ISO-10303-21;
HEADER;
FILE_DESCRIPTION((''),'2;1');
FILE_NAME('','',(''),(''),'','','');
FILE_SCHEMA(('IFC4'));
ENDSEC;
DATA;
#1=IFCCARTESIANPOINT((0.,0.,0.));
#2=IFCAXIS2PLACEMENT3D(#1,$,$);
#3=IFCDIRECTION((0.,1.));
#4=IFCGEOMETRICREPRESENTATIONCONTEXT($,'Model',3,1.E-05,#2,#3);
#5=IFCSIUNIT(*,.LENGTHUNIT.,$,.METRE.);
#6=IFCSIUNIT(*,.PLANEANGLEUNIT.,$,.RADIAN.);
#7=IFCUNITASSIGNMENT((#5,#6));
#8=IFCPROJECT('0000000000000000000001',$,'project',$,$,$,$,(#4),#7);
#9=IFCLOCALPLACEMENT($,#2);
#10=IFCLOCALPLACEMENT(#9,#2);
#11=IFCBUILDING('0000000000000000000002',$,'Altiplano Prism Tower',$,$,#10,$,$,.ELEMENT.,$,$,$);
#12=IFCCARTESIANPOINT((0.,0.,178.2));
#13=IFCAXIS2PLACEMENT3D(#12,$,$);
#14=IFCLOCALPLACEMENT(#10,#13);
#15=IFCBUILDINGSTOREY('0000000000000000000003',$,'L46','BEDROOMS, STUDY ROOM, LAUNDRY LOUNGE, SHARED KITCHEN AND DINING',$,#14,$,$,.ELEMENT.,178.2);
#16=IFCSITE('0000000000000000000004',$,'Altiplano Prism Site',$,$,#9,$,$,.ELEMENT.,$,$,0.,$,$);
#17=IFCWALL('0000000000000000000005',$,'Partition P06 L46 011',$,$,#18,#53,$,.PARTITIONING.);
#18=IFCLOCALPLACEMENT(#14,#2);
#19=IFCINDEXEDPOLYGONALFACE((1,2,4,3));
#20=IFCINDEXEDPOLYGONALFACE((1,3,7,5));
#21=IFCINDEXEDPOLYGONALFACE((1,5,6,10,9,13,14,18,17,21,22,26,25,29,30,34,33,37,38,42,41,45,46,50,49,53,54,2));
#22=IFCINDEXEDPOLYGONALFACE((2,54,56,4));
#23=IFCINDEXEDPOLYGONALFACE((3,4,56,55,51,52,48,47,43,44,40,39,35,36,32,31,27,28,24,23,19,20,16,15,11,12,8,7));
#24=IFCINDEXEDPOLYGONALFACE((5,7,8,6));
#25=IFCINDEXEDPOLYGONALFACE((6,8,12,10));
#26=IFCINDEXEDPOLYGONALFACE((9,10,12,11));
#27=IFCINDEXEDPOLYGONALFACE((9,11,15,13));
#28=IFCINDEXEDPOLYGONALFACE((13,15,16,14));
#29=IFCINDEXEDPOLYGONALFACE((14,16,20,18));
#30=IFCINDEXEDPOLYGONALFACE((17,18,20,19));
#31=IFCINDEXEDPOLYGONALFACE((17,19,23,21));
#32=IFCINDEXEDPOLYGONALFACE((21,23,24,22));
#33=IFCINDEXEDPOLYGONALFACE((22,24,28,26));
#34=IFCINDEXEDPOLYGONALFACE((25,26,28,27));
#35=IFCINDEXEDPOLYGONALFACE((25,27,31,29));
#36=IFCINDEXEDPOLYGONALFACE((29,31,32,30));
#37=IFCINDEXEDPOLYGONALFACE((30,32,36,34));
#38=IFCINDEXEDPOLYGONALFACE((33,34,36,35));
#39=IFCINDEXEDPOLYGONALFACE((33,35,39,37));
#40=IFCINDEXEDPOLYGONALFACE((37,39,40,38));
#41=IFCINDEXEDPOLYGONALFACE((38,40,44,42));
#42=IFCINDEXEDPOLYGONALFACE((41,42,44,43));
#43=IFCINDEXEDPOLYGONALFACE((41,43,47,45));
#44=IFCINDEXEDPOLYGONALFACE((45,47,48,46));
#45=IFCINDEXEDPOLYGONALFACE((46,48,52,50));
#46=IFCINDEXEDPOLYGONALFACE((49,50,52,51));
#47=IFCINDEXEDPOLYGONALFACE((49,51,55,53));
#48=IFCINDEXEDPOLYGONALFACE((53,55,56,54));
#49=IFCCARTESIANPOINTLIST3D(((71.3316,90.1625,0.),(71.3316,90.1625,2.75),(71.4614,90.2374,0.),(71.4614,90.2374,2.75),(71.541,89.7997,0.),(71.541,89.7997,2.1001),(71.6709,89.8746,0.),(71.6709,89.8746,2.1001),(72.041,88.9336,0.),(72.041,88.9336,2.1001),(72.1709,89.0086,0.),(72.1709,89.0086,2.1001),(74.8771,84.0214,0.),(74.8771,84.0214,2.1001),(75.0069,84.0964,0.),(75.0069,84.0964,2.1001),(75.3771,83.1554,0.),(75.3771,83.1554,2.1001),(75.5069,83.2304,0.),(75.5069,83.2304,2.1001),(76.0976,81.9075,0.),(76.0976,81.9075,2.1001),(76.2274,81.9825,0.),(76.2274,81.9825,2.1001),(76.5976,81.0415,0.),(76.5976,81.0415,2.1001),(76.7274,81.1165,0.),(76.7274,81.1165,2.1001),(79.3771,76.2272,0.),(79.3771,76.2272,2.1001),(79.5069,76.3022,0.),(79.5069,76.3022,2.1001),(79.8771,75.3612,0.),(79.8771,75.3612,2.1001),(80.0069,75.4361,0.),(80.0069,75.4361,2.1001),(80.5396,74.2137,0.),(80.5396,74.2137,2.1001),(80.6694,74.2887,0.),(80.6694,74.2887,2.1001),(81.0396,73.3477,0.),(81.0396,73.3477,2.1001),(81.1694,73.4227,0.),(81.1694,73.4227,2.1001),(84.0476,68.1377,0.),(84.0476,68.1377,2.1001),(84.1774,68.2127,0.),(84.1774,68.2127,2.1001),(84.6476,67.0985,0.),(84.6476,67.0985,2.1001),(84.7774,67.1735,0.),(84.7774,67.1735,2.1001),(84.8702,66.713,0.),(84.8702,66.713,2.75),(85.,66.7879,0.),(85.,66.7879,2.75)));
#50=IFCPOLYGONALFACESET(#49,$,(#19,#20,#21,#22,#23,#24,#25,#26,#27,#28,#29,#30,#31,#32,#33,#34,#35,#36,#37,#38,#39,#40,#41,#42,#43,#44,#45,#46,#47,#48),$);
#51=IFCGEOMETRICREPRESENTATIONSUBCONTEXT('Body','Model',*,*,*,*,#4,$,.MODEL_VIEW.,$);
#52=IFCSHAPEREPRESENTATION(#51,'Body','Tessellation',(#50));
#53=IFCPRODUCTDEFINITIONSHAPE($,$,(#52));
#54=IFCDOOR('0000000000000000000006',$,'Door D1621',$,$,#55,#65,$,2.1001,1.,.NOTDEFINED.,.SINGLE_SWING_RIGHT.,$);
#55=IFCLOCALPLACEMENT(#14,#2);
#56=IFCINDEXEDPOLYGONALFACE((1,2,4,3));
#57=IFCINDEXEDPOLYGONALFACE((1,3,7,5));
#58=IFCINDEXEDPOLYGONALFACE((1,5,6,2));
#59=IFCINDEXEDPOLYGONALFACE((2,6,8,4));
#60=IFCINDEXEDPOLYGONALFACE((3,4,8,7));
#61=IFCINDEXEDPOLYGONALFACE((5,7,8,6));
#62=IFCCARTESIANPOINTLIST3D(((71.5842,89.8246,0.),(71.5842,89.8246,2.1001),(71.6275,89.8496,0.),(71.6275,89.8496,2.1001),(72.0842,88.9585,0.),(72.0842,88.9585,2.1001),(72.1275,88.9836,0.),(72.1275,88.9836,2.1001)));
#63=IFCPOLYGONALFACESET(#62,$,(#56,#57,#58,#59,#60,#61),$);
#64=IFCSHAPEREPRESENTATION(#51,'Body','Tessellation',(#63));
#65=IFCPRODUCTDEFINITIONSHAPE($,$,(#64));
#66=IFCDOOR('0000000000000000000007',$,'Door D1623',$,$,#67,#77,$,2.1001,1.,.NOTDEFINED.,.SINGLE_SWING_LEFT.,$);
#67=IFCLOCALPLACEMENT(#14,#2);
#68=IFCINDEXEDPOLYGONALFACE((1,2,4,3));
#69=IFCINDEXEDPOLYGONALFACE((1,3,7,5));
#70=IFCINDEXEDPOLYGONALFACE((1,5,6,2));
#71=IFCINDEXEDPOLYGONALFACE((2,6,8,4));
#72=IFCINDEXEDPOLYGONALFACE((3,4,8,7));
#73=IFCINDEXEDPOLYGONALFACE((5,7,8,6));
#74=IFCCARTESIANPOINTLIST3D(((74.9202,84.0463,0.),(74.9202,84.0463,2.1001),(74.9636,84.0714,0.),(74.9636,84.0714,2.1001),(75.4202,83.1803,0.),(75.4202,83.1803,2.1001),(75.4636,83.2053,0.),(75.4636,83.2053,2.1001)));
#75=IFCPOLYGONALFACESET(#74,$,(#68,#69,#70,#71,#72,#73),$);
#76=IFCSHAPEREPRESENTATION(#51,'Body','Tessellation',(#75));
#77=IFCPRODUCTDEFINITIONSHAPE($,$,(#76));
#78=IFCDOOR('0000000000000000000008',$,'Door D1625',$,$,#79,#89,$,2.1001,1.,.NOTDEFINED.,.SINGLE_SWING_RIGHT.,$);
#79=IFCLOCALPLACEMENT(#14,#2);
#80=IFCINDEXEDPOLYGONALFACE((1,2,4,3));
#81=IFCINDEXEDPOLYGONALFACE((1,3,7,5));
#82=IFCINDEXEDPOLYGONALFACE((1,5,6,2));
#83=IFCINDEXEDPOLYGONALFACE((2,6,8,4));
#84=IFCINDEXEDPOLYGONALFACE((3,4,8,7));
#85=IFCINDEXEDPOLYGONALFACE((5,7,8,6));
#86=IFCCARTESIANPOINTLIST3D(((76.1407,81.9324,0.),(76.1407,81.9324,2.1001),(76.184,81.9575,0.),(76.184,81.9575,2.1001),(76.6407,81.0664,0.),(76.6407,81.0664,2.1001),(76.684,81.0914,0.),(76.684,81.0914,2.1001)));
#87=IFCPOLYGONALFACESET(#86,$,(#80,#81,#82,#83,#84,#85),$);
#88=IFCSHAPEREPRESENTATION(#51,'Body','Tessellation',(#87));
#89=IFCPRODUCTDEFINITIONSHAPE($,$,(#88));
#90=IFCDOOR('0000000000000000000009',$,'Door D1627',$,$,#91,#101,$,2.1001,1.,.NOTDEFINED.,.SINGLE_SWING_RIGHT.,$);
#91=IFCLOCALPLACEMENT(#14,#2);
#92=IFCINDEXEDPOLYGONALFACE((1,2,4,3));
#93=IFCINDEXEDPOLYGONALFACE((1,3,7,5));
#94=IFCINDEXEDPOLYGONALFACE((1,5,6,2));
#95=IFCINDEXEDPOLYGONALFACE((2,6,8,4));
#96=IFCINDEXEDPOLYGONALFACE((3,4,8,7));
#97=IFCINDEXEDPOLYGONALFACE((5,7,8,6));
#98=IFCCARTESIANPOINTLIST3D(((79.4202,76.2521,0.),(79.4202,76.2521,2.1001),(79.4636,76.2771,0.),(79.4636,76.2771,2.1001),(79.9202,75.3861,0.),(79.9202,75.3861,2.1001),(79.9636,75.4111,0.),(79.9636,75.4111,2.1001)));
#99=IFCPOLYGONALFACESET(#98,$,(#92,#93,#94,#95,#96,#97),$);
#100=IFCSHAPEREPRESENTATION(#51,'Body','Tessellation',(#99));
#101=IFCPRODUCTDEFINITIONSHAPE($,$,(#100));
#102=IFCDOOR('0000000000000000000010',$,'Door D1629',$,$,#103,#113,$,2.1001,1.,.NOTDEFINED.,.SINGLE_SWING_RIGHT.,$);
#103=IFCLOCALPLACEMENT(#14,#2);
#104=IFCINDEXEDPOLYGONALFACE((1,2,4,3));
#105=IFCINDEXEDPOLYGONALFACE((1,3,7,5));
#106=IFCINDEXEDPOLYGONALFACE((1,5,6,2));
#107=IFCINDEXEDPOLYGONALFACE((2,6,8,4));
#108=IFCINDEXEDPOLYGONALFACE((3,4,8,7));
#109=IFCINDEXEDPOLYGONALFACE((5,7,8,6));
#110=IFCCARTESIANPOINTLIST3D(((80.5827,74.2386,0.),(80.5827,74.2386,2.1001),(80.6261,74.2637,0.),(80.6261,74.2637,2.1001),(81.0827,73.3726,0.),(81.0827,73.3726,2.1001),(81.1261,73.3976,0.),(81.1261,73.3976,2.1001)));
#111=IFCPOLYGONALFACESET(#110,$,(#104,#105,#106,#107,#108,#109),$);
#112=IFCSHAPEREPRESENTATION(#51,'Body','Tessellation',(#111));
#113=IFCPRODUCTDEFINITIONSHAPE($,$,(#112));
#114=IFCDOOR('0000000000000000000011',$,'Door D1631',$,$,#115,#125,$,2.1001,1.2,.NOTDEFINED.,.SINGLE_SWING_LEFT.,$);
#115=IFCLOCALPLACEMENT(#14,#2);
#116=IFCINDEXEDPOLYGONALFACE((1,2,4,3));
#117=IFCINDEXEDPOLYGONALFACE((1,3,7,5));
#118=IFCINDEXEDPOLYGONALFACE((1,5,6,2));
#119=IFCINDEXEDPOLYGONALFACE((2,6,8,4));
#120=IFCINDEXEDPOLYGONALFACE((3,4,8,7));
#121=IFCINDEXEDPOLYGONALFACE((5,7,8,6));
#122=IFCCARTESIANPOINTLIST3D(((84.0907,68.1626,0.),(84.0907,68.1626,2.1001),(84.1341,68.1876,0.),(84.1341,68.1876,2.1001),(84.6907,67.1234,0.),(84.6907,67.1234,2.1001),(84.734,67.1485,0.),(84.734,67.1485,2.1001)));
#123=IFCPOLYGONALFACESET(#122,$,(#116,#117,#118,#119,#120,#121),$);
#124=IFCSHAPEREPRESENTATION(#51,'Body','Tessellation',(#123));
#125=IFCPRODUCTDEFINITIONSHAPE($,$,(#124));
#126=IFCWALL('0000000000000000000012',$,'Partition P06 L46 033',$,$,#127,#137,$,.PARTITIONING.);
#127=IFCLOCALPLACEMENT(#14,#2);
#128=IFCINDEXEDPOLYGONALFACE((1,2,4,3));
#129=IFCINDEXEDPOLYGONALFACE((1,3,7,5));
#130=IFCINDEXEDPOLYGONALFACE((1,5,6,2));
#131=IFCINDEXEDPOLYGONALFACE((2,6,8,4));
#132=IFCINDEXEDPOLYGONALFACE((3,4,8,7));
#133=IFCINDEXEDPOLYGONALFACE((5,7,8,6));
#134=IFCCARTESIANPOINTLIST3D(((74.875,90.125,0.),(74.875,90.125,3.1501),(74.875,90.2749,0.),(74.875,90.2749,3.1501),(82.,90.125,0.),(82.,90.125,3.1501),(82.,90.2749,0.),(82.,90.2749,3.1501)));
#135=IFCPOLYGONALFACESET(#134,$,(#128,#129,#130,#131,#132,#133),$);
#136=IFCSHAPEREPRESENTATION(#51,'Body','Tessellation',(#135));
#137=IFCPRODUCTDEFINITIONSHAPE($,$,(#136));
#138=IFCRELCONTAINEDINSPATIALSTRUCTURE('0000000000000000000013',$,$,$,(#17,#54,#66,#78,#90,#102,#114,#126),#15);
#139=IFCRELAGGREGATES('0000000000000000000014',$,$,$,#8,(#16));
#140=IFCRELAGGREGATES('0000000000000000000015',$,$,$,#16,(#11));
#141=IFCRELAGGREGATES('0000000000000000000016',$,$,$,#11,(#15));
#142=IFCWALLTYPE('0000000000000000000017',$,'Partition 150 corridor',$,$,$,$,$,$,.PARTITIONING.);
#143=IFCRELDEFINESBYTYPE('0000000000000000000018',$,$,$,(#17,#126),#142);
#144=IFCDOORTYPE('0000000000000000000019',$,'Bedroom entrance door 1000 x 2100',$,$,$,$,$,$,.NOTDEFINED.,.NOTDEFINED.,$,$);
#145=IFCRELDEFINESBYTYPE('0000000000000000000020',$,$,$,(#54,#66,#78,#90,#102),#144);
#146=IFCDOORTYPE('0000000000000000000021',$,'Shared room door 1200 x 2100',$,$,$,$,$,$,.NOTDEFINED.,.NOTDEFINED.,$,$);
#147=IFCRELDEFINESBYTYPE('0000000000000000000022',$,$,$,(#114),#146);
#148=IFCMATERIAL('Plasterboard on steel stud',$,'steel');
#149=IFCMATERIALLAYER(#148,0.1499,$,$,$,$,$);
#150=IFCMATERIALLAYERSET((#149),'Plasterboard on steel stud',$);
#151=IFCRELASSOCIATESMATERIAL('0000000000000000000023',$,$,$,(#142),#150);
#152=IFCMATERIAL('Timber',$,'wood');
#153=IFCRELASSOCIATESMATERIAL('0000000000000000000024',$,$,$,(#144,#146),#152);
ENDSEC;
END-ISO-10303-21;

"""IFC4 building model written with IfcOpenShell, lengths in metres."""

from ifc_helpers import new_model, si_unit, direction, frame, frame_2d, origin, place, context, subcontext, project, spatial, rectangle, extrude, material, layer, layer_set, type_object, element, fill, save


model = new_model("IFC4")

# Units and contexts
model_context = context("Model", 3, precision=1e-05, world=origin(), true_north=direction((0.0, 1.0)))
body_context = subcontext(model_context, "Body", "Model", "MODEL_VIEW")
ifc_project = project(units=[si_unit("LENGTHUNIT", "METRE"), si_unit("PLANEANGLEUNIT", "RADIAN")], contexts=[model_context])

# Site, building, storey
site_placement = place(None, origin())
site = spatial("IfcSite", under=ifc_project, at=site_placement, Name="Altiplano Prism Site", CompositionType="ELEMENT", RefElevation=0.0)
building_placement = place(site_placement, origin())
building = spatial("IfcBuilding", under=site, at=building_placement, Name="Altiplano Prism Tower", CompositionType="ELEMENT")
storey_placement = place(building_placement, frame((0.0, 0.0, 178.2)))
storey = spatial("IfcBuildingStorey", under=building, at=storey_placement, Name="L46", Description="BEDROOMS, STUDY ROOM, LAUNDRY LOUNGE, SHARED KITCHEN AND DINING", CompositionType="ELEMENT", Elevation=178.2)

# Shared definitions
ifc_material_1 = material(Name="Plasterboard on steel stud", Category="steel")

# Shared definitions
ifc_material_2 = material(Name="Timber", Category="wood")

# Shared definitions
ifc_layer_1 = layer(ifc_material_1, 0.1499)
ifc_layer_set_1 = layer_set([ifc_layer_1], Name="Plasterboard on steel stud")
wall_type_1 = type_object("IfcWallType", Name="Partition 150 corridor", PredefinedType="PARTITIONING", material=ifc_layer_set_1)

# Wall, openings, doors
wall_1_placement = place(storey_placement, frame((71.3965, 90.2, 0.0), z_axis=(0.0, 0.0, 1.0), x_axis=(0.500001, -0.866025, 0.0)))
wall_1 = element("IfcWall", 1, at=wall_1_placement, inside=storey, type_object=wall_type_1, Name="Partition P06 L46 011", PredefinedType="PARTITIONING", context=body_context, shape_type="SweptSolid", body=[
    extrude(rectangle(XDim=27.0771, YDim=0.1499, at=frame_2d((13.5386, 0.0))), origin(), (0.0, 0.0, 1.0), 2.75),
])
opening_1_placement = place(wall_1_placement, frame((0.4189, 0.0, 0.0)))
opening_1 = element("IfcOpeningElement", 2, at=opening_1_placement, cuts=wall_1, PredefinedType="OPENING", context=body_context, shape_type="SweptSolid", body=[
    extrude(rectangle(XDim=1.0, YDim=2.1001, at=frame_2d((0.5, 1.05))), frame((0.0, 0.0854, 0.0), z_axis=(0.0, -1.0, 0.0), x_axis=(1.0, 0.0, 0.0)), (0.0, 0.0, 1.0), 0.1709),
])
opening_2_placement = place(wall_1_placement, frame((7.0911, 0.0, 0.0)))
opening_2 = element("IfcOpeningElement", 3, at=opening_2_placement, cuts=wall_1, PredefinedType="OPENING", context=body_context, shape_type="SweptSolid", body=[
    extrude(rectangle(XDim=1.0, YDim=2.1001, at=frame_2d((0.5, 1.05))), frame((0.0, 0.0854, 0.0), z_axis=(0.0, -1.0, 0.0), x_axis=(1.0, 0.0, 0.0)), (0.0, 0.0, 1.0), 0.1709),
])
opening_3_placement = place(wall_1_placement, frame((9.532, 0.0, 0.0)))
opening_3 = element("IfcOpeningElement", 4, at=opening_3_placement, cuts=wall_1, PredefinedType="OPENING", context=body_context, shape_type="SweptSolid", body=[
    extrude(rectangle(XDim=1.0, YDim=2.1001, at=frame_2d((0.5, 1.05))), frame((0.0, 0.0854, 0.0), z_axis=(0.0, -1.0, 0.0), x_axis=(1.0, 0.0, 0.0)), (0.0, 0.0, 1.0), 0.1709),
])
opening_4_placement = place(wall_1_placement, frame((16.0911, 0.0, 0.0)))
opening_4 = element("IfcOpeningElement", 5, at=opening_4_placement, cuts=wall_1, PredefinedType="OPENING", context=body_context, shape_type="SweptSolid", body=[
    extrude(rectangle(XDim=1.0, YDim=2.1001, at=frame_2d((0.5, 1.05))), frame((0.0, 0.0854, 0.0), z_axis=(0.0, -1.0, 0.0), x_axis=(1.0, 0.0, 0.0)), (0.0, 0.0, 1.0), 0.1709),
])
opening_5_placement = place(wall_1_placement, frame((18.416, 0.0, 0.0)))
opening_5 = element("IfcOpeningElement", 6, at=opening_5_placement, cuts=wall_1, PredefinedType="OPENING", context=body_context, shape_type="SweptSolid", body=[
    extrude(rectangle(XDim=1.0, YDim=2.1001, at=frame_2d((0.5, 1.05))), frame((0.0, 0.0854, 0.0), z_axis=(0.0, -1.0, 0.0), x_axis=(1.0, 0.0, 0.0)), (0.0, 0.0, 1.0), 0.1709),
])
opening_6_placement = place(wall_1_placement, frame((25.4319, 0.0, 0.0)))
opening_6 = element("IfcOpeningElement", 7, at=opening_6_placement, cuts=wall_1, PredefinedType="OPENING", context=body_context, shape_type="SweptSolid", body=[
    extrude(rectangle(XDim=1.2, YDim=2.1001, at=frame_2d((0.6001, 1.05))), frame((0.0, 0.0854, 0.0), z_axis=(0.0, -1.0, 0.0), x_axis=(1.0, 0.0, 0.0)), (0.0, 0.0, 1.0), 0.1709),
])
door_type_1 = type_object("IfcDoorType", Name="Bedroom entrance door 1000 x 2100", OperationType="NOTDEFINED", PredefinedType="NOTDEFINED", material=ifc_material_2)
door_1_placement = place(opening_1_placement, origin())
door_1 = element("IfcDoor", 8, at=door_1_placement, inside=storey, type_object=door_type_1, Name="Door D1621", OperationType="SINGLE_SWING_RIGHT", OverallHeight=2.1001, OverallWidth=1.0, PredefinedType="NOTDEFINED", context=body_context, shape_type="SweptSolid", body=[
    extrude(rectangle(XDim=1.0, YDim=2.1001, at=frame_2d((0.5, 1.05))), frame((0.0, 0.0249, 0.0), z_axis=(0.0, -1.0, 0.0), x_axis=(1.0, 0.0, 0.0)), (0.0, 0.0, 1.0), 0.05),
])
fill(opening_1, door_1)
door_2_placement = place(opening_2_placement, origin())
door_2 = element("IfcDoor", 9, at=door_2_placement, inside=storey, type_object=door_type_1, Name="Door D1623", OperationType="SINGLE_SWING_LEFT", OverallHeight=2.1001, OverallWidth=1.0, PredefinedType="NOTDEFINED", context=body_context, shape_type="SweptSolid", body=[
    extrude(rectangle(XDim=1.0, YDim=2.1001, at=frame_2d((0.5, 1.05))), frame((0.0, 0.0249, 0.0), z_axis=(0.0, -1.0, 0.0), x_axis=(1.0, 0.0, 0.0)), (0.0, 0.0, 1.0), 0.05),
])
fill(opening_2, door_2)
door_3_placement = place(opening_3_placement, origin())
door_3 = element("IfcDoor", 10, at=door_3_placement, inside=storey, type_object=door_type_1, Name="Door D1625", OperationType="SINGLE_SWING_RIGHT", OverallHeight=2.1001, OverallWidth=1.0, PredefinedType="NOTDEFINED", context=body_context, shape_type="SweptSolid", body=[
    extrude(rectangle(XDim=1.0, YDim=2.1001, at=frame_2d((0.5, 1.05))), frame((0.0, 0.0249, 0.0), z_axis=(0.0, -1.0, 0.0), x_axis=(1.0, 0.0, 0.0)), (0.0, 0.0, 1.0), 0.05),
])
fill(opening_3, door_3)
door_4_placement = place(opening_4_placement, origin())
door_4 = element("IfcDoor", 11, at=door_4_placement, inside=storey, type_object=door_type_1, Name="Door D1627", OperationType="SINGLE_SWING_RIGHT", OverallHeight=2.1001, OverallWidth=1.0, PredefinedType="NOTDEFINED", context=body_context, shape_type="SweptSolid", body=[
    extrude(rectangle(XDim=1.0, YDim=2.1001, at=frame_2d((0.5, 1.05))), frame((0.0, 0.0249, 0.0), z_axis=(0.0, -1.0, 0.0), x_axis=(1.0, 0.0, 0.0)), (0.0, 0.0, 1.0), 0.05),
])
fill(opening_4, door_4)
door_5_placement = place(opening_5_placement, origin())
door_5 = element("IfcDoor", 12, at=door_5_placement, inside=storey, type_object=door_type_1, Name="Door D1629", OperationType="SINGLE_SWING_RIGHT", OverallHeight=2.1001, OverallWidth=1.0, PredefinedType="NOTDEFINED", context=body_context, shape_type="SweptSolid", body=[
    extrude(rectangle(XDim=1.0, YDim=2.1001, at=frame_2d((0.5, 1.05))), frame((0.0, 0.0249, 0.0), z_axis=(0.0, -1.0, 0.0), x_axis=(1.0, 0.0, 0.0)), (0.0, 0.0, 1.0), 0.05),
])
fill(opening_5, door_5)
door_type_2 = type_object("IfcDoorType", Name="Shared room door 1200 x 2100", OperationType="NOTDEFINED", PredefinedType="NOTDEFINED", material=ifc_material_2)
door_6_placement = place(opening_6_placement, origin())
door_6 = element("IfcDoor", 13, at=door_6_placement, inside=storey, type_object=door_type_2, Name="Door D1631", OperationType="SINGLE_SWING_LEFT", OverallHeight=2.1001, OverallWidth=1.2, PredefinedType="NOTDEFINED", context=body_context, shape_type="SweptSolid", body=[
    extrude(rectangle(XDim=1.2, YDim=2.1001, at=frame_2d((0.6001, 1.05))), frame((0.0, 0.0249, 0.0), z_axis=(0.0, -1.0, 0.0), x_axis=(1.0, 0.0, 0.0)), (0.0, 0.0, 1.0), 0.05),
])
fill(opening_6, door_6)

# Wall
wall_2_placement = place(storey_placement, frame((74.875, 90.2, 0.0), z_axis=(0.0, 0.0, 1.0), x_axis=(1.0, 0.0, 0.0)))
element("IfcWall", 14, at=wall_2_placement, inside=storey, type_object=wall_type_1, Name="Partition P06 L46 033", PredefinedType="PARTITIONING", context=body_context, shape_type="SweptSolid", body=[
    extrude(rectangle(XDim=7.125, YDim=0.1499, at=frame_2d((3.5625, 0.0))), origin(), (0.0, 0.0, 1.0), 3.1501),
])

save(model, "model.ifc")
